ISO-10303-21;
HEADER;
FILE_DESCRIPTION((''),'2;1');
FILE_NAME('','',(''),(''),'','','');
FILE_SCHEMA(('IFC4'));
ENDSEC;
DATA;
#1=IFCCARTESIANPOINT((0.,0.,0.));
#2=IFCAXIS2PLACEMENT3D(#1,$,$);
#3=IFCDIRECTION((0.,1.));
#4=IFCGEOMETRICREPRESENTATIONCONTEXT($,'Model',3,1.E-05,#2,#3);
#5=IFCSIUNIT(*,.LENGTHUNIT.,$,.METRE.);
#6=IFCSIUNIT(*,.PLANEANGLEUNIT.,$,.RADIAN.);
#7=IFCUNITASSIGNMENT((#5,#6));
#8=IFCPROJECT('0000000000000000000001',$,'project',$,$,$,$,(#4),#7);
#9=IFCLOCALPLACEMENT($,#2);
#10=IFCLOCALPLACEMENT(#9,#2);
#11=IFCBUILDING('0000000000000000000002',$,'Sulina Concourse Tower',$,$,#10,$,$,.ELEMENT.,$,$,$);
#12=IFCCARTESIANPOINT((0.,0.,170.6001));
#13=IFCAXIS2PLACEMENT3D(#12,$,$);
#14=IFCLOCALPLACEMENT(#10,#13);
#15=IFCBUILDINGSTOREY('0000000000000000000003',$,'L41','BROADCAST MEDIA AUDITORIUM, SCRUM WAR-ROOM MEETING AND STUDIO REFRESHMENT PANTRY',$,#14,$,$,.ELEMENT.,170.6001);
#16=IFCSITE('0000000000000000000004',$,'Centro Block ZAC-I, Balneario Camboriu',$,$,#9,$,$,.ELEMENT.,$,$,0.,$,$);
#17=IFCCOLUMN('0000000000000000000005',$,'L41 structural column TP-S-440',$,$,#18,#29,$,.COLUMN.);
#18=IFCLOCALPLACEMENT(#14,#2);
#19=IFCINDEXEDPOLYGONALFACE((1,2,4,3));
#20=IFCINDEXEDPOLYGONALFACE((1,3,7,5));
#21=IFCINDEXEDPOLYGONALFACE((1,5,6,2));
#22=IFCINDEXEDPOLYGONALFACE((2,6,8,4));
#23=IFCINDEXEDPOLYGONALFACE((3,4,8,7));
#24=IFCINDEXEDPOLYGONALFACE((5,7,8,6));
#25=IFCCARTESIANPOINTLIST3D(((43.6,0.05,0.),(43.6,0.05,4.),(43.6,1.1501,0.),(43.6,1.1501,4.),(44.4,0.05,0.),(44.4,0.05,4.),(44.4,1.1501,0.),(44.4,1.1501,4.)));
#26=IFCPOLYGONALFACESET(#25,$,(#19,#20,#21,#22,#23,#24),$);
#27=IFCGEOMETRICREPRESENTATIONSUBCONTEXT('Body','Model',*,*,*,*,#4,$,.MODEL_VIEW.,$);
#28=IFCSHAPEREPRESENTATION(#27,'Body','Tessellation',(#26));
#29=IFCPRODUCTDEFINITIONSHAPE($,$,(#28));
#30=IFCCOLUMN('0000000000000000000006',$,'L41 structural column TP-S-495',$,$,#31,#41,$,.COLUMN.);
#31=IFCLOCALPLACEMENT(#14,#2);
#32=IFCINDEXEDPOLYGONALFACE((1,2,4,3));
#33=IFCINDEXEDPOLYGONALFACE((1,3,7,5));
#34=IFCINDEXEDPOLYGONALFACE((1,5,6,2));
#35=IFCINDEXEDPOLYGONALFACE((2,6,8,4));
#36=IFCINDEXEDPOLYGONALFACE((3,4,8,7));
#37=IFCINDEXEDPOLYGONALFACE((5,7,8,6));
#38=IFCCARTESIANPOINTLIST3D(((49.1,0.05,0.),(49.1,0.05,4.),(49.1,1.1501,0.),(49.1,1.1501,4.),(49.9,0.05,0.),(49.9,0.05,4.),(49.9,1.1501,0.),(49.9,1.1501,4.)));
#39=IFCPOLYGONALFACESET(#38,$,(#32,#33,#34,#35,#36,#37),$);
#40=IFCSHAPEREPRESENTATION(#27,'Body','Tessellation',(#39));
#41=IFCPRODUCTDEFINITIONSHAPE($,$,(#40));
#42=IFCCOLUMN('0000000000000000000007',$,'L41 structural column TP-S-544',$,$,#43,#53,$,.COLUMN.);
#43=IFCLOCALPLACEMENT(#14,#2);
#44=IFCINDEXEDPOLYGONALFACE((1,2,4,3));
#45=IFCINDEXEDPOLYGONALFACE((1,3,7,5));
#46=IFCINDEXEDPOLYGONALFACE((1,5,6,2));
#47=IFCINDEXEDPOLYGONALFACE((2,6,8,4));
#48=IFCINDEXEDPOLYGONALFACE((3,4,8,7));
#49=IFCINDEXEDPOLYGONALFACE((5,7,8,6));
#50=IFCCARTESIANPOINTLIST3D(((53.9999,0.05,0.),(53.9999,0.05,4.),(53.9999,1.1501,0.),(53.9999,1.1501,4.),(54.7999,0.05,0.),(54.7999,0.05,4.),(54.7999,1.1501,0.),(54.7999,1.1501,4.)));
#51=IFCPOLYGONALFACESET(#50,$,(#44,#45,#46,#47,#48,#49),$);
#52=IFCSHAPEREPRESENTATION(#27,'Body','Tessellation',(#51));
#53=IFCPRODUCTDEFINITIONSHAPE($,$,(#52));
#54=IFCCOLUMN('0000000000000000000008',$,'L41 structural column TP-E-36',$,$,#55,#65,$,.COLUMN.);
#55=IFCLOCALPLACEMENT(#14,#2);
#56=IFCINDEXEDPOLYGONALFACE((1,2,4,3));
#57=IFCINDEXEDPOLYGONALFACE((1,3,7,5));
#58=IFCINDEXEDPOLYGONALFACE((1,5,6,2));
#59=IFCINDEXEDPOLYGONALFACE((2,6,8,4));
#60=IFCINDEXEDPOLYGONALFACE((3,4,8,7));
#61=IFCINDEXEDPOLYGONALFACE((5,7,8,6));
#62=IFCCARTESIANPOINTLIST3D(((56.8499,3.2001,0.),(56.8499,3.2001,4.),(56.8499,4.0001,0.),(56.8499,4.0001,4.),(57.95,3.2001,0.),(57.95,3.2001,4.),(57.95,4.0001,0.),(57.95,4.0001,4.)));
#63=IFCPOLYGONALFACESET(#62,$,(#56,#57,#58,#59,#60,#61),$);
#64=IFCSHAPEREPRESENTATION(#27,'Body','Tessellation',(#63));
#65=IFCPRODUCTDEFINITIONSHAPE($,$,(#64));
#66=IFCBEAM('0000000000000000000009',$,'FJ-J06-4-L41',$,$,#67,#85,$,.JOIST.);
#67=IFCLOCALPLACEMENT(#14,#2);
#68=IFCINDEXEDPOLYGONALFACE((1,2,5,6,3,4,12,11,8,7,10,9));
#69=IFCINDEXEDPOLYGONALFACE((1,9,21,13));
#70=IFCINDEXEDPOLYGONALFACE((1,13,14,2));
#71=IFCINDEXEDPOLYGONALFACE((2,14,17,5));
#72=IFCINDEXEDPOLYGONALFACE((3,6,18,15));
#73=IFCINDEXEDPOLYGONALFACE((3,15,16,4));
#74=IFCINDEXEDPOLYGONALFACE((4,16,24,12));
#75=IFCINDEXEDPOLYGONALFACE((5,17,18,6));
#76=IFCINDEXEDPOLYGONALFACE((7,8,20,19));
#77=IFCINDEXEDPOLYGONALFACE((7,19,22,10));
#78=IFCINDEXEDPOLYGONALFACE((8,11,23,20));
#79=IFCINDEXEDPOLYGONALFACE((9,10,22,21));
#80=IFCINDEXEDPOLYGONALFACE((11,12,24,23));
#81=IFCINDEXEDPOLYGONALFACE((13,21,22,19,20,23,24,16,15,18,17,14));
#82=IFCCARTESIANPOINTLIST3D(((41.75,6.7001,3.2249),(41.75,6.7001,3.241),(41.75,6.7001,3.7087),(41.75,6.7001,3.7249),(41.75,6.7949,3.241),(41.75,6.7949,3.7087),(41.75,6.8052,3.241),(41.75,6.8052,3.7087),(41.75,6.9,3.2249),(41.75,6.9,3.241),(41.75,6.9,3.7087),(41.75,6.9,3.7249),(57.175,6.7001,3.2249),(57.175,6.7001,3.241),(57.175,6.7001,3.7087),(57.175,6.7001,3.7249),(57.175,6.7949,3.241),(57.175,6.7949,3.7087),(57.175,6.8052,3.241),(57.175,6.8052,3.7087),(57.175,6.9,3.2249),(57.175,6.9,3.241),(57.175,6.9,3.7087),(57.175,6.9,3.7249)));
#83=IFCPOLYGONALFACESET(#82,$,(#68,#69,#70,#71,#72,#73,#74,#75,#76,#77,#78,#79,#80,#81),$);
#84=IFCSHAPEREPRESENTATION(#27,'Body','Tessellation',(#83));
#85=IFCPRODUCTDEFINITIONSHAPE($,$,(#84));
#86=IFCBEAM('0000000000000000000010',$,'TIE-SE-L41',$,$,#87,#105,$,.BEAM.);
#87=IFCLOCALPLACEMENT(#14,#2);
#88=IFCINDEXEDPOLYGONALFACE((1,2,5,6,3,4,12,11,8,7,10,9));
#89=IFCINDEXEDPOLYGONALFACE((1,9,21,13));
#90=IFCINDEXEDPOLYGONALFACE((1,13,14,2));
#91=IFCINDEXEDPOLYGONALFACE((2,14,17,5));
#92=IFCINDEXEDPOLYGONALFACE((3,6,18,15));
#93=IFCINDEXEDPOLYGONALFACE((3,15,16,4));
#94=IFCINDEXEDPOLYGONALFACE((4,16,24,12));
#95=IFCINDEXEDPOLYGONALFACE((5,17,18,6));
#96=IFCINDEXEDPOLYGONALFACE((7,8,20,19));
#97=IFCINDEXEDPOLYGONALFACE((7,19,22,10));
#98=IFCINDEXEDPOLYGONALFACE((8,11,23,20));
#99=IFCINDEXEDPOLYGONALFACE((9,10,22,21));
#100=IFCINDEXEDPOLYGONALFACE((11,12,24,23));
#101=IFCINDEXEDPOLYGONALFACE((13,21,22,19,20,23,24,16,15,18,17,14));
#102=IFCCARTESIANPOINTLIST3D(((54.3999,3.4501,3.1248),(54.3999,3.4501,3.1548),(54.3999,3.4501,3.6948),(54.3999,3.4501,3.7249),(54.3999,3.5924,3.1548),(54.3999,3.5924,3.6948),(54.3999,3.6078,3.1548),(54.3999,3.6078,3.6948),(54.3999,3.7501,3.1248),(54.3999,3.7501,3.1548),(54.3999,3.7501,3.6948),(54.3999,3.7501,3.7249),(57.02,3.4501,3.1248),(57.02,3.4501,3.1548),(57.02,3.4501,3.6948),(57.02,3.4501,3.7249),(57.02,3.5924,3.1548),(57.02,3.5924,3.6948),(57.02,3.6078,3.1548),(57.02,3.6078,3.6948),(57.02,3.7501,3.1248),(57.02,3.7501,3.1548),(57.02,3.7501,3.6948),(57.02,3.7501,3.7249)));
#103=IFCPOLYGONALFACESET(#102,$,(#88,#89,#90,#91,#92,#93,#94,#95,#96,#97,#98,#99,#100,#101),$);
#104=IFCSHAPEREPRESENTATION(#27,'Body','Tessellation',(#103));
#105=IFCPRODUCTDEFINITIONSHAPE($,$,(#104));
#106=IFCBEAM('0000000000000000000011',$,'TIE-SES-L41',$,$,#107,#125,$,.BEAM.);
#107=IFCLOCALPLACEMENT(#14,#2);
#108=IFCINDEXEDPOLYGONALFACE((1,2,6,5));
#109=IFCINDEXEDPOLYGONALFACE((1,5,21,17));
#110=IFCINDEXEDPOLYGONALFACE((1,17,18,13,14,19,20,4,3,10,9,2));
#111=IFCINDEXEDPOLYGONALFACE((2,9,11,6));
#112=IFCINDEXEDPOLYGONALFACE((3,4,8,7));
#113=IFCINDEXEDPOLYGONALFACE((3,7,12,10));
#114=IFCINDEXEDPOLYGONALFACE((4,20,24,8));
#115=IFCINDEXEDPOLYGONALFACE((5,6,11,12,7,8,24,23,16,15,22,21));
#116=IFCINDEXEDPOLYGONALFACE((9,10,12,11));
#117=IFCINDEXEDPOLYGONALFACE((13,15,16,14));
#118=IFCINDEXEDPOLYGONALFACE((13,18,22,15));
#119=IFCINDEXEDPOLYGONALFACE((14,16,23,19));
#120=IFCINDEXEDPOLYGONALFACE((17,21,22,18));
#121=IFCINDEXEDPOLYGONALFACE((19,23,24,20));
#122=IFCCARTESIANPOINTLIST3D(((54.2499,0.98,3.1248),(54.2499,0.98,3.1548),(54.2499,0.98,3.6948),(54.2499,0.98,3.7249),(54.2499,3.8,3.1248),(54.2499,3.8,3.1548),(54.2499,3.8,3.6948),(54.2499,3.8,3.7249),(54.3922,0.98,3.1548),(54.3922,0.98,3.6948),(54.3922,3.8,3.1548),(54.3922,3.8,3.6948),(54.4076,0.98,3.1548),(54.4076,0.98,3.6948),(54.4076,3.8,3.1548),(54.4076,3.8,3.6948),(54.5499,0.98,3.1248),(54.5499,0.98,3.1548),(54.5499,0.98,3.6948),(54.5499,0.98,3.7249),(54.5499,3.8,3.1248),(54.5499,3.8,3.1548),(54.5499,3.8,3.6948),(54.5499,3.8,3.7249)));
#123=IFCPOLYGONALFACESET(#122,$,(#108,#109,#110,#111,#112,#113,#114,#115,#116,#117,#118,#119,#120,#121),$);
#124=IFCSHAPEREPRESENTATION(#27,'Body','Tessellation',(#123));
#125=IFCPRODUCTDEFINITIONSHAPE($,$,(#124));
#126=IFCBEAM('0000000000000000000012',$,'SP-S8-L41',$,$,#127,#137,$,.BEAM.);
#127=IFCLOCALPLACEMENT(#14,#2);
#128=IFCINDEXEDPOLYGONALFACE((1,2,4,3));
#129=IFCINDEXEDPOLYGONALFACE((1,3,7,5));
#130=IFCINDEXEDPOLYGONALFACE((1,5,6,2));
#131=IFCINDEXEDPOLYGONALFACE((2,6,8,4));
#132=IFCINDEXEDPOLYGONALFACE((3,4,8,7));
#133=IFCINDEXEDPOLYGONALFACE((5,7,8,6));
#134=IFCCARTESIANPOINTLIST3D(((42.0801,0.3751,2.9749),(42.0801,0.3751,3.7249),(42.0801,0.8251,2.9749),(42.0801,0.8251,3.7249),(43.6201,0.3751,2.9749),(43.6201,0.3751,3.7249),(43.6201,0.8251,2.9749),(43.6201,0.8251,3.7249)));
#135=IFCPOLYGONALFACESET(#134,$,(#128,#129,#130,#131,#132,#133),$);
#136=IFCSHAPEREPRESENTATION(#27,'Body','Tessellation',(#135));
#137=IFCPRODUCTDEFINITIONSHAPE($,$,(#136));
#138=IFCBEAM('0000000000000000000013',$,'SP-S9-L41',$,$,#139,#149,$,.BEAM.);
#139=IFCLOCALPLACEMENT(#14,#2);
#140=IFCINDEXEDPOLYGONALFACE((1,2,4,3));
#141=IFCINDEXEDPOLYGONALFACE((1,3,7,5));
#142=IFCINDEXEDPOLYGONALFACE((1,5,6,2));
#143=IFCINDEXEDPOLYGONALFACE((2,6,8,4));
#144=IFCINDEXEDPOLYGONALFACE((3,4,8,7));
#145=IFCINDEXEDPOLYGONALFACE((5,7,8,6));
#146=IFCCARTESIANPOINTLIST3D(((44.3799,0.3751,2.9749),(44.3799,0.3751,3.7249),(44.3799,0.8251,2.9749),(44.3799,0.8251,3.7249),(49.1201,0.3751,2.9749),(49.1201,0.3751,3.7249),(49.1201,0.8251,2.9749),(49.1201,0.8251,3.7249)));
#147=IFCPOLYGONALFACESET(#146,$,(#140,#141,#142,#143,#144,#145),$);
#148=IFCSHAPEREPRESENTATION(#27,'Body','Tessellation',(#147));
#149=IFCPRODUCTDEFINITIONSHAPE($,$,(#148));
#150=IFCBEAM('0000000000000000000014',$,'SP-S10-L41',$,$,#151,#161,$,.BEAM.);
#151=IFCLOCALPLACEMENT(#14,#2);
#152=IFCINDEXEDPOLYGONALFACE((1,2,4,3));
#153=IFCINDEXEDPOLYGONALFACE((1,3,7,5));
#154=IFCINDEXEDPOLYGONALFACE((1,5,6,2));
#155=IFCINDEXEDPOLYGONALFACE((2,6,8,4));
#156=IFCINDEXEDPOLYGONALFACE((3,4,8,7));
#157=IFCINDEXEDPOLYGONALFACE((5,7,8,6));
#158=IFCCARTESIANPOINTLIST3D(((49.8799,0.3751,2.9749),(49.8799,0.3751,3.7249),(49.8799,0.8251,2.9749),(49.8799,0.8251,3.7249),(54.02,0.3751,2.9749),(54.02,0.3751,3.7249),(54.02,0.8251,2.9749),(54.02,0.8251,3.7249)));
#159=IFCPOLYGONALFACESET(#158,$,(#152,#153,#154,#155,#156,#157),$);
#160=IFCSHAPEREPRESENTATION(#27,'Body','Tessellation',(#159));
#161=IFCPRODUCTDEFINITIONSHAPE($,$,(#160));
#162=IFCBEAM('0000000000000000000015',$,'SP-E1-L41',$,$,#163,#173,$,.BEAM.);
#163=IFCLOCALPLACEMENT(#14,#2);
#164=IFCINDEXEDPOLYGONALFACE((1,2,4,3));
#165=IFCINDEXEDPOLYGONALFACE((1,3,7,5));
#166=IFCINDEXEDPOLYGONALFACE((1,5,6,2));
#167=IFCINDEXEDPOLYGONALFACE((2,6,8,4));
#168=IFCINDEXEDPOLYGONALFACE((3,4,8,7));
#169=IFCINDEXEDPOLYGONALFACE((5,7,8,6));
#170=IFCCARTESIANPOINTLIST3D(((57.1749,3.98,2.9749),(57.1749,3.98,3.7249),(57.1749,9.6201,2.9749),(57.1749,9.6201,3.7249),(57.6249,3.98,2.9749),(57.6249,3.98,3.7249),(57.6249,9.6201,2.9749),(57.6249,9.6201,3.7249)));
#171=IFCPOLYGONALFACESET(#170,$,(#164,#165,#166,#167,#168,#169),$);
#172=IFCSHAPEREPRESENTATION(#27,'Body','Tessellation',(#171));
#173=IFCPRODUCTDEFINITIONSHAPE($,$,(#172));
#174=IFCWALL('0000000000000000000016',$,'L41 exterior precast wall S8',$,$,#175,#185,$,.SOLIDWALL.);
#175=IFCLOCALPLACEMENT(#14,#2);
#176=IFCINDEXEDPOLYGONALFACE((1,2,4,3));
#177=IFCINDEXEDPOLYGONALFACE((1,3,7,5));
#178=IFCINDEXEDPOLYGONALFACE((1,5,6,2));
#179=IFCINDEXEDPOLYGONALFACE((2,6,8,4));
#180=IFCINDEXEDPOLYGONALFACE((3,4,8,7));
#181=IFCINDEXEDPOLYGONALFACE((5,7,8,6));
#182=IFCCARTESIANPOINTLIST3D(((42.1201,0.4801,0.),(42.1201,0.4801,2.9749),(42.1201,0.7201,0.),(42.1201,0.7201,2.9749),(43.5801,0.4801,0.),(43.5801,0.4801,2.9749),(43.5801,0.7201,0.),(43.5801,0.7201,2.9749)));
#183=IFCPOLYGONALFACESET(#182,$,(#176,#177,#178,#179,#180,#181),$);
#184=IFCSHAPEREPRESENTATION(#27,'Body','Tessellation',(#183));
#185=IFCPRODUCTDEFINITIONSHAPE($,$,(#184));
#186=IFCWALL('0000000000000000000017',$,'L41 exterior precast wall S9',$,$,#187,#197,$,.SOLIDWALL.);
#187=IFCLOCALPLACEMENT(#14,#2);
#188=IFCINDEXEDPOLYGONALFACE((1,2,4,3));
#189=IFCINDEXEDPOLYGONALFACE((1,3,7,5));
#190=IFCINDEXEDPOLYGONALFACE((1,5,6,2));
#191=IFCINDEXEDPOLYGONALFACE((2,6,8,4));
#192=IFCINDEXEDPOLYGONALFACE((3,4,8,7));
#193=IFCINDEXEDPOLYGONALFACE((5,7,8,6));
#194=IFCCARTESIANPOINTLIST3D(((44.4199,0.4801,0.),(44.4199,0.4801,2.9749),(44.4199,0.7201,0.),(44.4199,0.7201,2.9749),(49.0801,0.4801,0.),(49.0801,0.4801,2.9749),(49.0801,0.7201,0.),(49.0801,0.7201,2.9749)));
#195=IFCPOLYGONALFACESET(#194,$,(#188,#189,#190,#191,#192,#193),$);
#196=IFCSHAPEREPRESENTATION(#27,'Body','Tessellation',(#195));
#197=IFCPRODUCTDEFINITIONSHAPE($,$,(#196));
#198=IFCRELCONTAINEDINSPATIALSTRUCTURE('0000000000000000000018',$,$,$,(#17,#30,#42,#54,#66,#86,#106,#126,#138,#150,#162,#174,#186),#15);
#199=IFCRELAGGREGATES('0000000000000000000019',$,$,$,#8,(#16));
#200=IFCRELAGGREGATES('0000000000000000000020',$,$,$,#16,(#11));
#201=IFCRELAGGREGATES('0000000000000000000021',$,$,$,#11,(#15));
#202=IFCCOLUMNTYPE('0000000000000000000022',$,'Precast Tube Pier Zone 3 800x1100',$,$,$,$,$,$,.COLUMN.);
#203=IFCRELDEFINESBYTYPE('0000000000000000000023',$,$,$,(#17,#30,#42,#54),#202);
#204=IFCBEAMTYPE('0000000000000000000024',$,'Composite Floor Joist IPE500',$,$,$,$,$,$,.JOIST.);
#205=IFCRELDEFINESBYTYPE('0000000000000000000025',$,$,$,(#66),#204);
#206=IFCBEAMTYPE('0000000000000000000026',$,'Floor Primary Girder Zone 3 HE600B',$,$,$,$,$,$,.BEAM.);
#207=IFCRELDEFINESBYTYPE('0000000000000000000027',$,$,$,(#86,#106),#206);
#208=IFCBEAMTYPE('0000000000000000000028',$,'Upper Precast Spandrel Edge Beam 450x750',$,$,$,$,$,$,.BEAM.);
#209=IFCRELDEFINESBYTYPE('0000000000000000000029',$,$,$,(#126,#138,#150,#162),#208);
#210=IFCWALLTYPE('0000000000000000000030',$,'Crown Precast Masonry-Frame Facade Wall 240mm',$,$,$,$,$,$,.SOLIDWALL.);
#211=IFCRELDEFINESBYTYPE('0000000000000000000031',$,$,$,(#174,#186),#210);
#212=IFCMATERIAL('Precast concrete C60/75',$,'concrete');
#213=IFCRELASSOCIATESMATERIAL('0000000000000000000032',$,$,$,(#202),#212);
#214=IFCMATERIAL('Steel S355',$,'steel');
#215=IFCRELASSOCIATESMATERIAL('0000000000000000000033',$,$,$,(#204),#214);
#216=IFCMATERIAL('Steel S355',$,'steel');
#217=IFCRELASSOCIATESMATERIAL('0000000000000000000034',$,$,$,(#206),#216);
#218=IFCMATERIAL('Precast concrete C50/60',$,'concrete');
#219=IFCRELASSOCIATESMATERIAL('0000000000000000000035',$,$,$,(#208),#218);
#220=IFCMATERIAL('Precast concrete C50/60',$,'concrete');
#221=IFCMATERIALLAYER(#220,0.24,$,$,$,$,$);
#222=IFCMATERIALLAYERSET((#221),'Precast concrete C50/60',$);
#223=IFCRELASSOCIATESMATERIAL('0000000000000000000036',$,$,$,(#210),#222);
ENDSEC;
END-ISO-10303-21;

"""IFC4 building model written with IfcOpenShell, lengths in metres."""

from ifc_helpers import new_model, si_unit, direction, frame, frame_2d, origin, origin_2d, place, context, subcontext, project, spatial, rectangle, i_section, extrude, material, layer, layer_set, material_profile, profile_set, type_object, element, save


model = new_model("IFC4")

# Units and contexts
model_context = context("Model", 3, precision=1e-05, world=origin(), true_north=direction((0.0, 1.0)))
body_context = subcontext(model_context, "Body", "Model", "MODEL_VIEW")
ifc_project = project(units=[si_unit("LENGTHUNIT", "METRE"), si_unit("PLANEANGLEUNIT", "RADIAN")], contexts=[model_context])

# Site, building, storey
site_placement = place(None, origin())
site = spatial("IfcSite", under=ifc_project, at=site_placement, Name="Centro Block ZAC-I, Balneario Camboriu", CompositionType="ELEMENT", RefElevation=0.0)
building_placement = place(site_placement, origin())
building = spatial("IfcBuilding", under=site, at=building_placement, Name="Sulina Concourse Tower", CompositionType="ELEMENT")
storey_placement = place(building_placement, frame((0.0, 0.0, 170.6001)))
storey = spatial("IfcBuildingStorey", under=building, at=storey_placement, Name="L41", Description="BROADCAST MEDIA AUDITORIUM, SCRUM WAR-ROOM MEETING AND STUDIO REFRESHMENT PANTRY", CompositionType="ELEMENT", Elevation=170.6001)

# Columns
ifc_material_1 = material(Name="Precast concrete C60/75", Category="concrete")
ifc_material_profile_1 = material_profile(ifc_material_1, rectangle(XDim=0.8, YDim=1.1001, at=origin_2d()), Name="PC 800x1100")
ifc_profile_set_1 = profile_set([ifc_material_profile_1], Name="Precast concrete C60/75")
column_type = type_object("IfcColumnType", Name="Precast Tube Pier Zone 3 800x1100", PredefinedType="COLUMN", material=ifc_profile_set_1)
for number, where, z_axis, x_axis, name in (
    (1, (44.0, 0.6001, 0.0), (0.0, 0.0, 1.0), (1.0, 0.0, 0.0), "L41 structural column TP-S-440"),
    (2, (49.5, 0.6001, 0.0), (0.0, 0.0, 1.0), (1.0, 0.0, 0.0), "L41 structural column TP-S-495"),
    (3, (54.3999, 0.6001, 0.0), (0.0, 0.0, 1.0), (1.0, 0.0, 0.0), "L41 structural column TP-S-544"),
    (4, (57.3999, 3.6001, 0.0), (0.0, 0.0, 1.0), (0.0, 1.0, 0.0), "L41 structural column TP-E-36"),
):
    element("IfcColumn", number, at=place(storey_placement, frame(where, z_axis=z_axis, x_axis=x_axis)), inside=storey, type_object=column_type, Name=name, PredefinedType="COLUMN", context=body_context, shape_type="SweptSolid", body=[
        extrude(rectangle(XDim=0.8, YDim=1.1001, at=origin_2d()), origin(), (0.0, 0.0, 1.0), 4.0),
    ])

# Beams
ifc_material_2 = material(Name="Steel S355", Category="steel")
ifc_material_profile_2 = material_profile(ifc_material_2, i_section(OverallWidth=0.2, OverallDepth=0.5, WebThickness=0.0103, FlangeThickness=0.0161, at=origin_2d()), Name="IPE 500")
ifc_profile_set_2 = profile_set([ifc_material_profile_2], Name="Steel S355")
beam_type_1 = type_object("IfcBeamType", Name="Composite Floor Joist IPE500", PredefinedType="JOIST", material=ifc_profile_set_2)
beam_1_placement = place(storey_placement, frame((41.75, 6.8, 3.4749), z_axis=(1.0, 0.0, 0.0), x_axis=(0.0, 1.0, 0.0)))
element("IfcBeam", 5, at=beam_1_placement, inside=storey, type_object=beam_type_1, Name="FJ-J06-4-L41", PredefinedType="JOIST", context=body_context, shape_type="SweptSolid", body=[
    extrude(i_section(OverallWidth=0.2, OverallDepth=0.5, WebThickness=0.0103, FlangeThickness=0.0161, at=origin_2d()), origin(), (0.0, 0.0, 1.0), 15.425),
])
ifc_material_3 = material(Name="Steel S355", Category="steel")
ifc_material_profile_3 = material_profile(ifc_material_3, i_section(OverallWidth=0.3, OverallDepth=0.6001, WebThickness=0.0154, FlangeThickness=0.03, at=origin_2d()), Name="HE 600 B")
ifc_profile_set_3 = profile_set([ifc_material_profile_3], Name="Steel S355")
beam_type_2 = type_object("IfcBeamType", Name="Floor Primary Girder Zone 3 HE600B", PredefinedType="BEAM", material=ifc_profile_set_3)
beam_2_placement = place(storey_placement, frame((54.3999, 3.6001, 3.4248), z_axis=(1.0, 0.0, 0.0), x_axis=(0.0, 1.0, 0.0)))
element("IfcBeam", 6, at=beam_2_placement, inside=storey, type_object=beam_type_2, Name="TIE-SE-L41", PredefinedType="BEAM", context=body_context, shape_type="SweptSolid", body=[
    extrude(i_section(OverallWidth=0.3, OverallDepth=0.6001, WebThickness=0.0154, FlangeThickness=0.03, at=origin_2d()), origin(), (0.0, 0.0, 1.0), 2.6201),
])
beam_3_placement = place(storey_placement, frame((54.3999, 0.98, 3.4248), z_axis=(0.0, 1.0, 0.0), x_axis=(-1.0, 0.0, 0.0)))
element("IfcBeam", 7, at=beam_3_placement, inside=storey, type_object=beam_type_2, Name="TIE-SES-L41", PredefinedType="BEAM", context=body_context, shape_type="SweptSolid", body=[
    extrude(i_section(OverallWidth=0.3, OverallDepth=0.6001, WebThickness=0.0154, FlangeThickness=0.03, at=origin_2d()), origin(), (0.0, 0.0, 1.0), 2.8201),
])
ifc_material_4 = material(Name="Precast concrete C50/60", Category="concrete")
ifc_material_profile_4 = material_profile(ifc_material_4, rectangle(XDim=0.45, YDim=0.75, at=origin_2d()), Name="RC 450x750")
ifc_profile_set_4 = profile_set([ifc_material_profile_4], Name="Precast concrete C50/60")
beam_type_3 = type_object("IfcBeamType", Name="Upper Precast Spandrel Edge Beam 450x750", PredefinedType="BEAM", material=ifc_profile_set_4)
beam_4_placement = place(storey_placement, frame((42.0801, 0.6001, 3.3499), z_axis=(1.0, 0.0, 0.0), x_axis=(0.0, 1.0, 0.0)))
element("IfcBeam", 8, at=beam_4_placement, inside=storey, type_object=beam_type_3, Name="SP-S8-L41", PredefinedType="BEAM", context=body_context, shape_type="SweptSolid", body=[
    extrude(rectangle(XDim=0.45, YDim=0.75, at=origin_2d()), origin(), (0.0, 0.0, 1.0), 1.54),
])
beam_5_placement = place(storey_placement, frame((44.3799, 0.6001, 3.3499), z_axis=(1.0, 0.0, 0.0), x_axis=(0.0, 1.0, 0.0)))
element("IfcBeam", 9, at=beam_5_placement, inside=storey, type_object=beam_type_3, Name="SP-S9-L41", PredefinedType="BEAM", context=body_context, shape_type="SweptSolid", body=[
    extrude(rectangle(XDim=0.45, YDim=0.75, at=origin_2d()), origin(), (0.0, 0.0, 1.0), 4.7402),
])
beam_6_placement = place(storey_placement, frame((49.8799, 0.6001, 3.3499), z_axis=(1.0, 0.0, 0.0), x_axis=(0.0, 1.0, 0.0)))
element("IfcBeam", 10, at=beam_6_placement, inside=storey, type_object=beam_type_3, Name="SP-S10-L41", PredefinedType="BEAM", context=body_context, shape_type="SweptSolid", body=[
    extrude(rectangle(XDim=0.45, YDim=0.75, at=origin_2d()), origin(), (0.0, 0.0, 1.0), 4.1401),
])
beam_7_placement = place(storey_placement, frame((57.3999, 3.98, 3.3499), z_axis=(0.0, 1.0, 0.0), x_axis=(-1.0, 0.0, 0.0)))
element("IfcBeam", 11, at=beam_7_placement, inside=storey, type_object=beam_type_3, Name="SP-E1-L41", PredefinedType="BEAM", context=body_context, shape_type="SweptSolid", body=[
    extrude(rectangle(XDim=0.45, YDim=0.75, at=origin_2d()), origin(), (0.0, 0.0, 1.0), 5.6401),
])

# Walls
ifc_material_5 = material(Name="Precast concrete C50/60", Category="concrete")
ifc_layer_1 = layer(ifc_material_5, 0.24)
ifc_layer_set_1 = layer_set([ifc_layer_1], Name="Precast concrete C50/60")
wall_type_1 = type_object("IfcWallType", Name="Crown Precast Masonry-Frame Facade Wall 240mm", PredefinedType="SOLIDWALL", material=ifc_layer_set_1)
wall_1_placement = place(storey_placement, frame((43.5801, 0.6001, 0.0), z_axis=(0.0, 0.0, 1.0), x_axis=(-1.0, 0.0, 0.0)))
element("IfcWall", 12, at=wall_1_placement, inside=storey, type_object=wall_type_1, Name="L41 exterior precast wall S8", PredefinedType="SOLIDWALL", context=body_context, shape_type="SweptSolid", body=[
    extrude(rectangle(XDim=1.46, YDim=0.24, at=frame_2d((0.73, 0.0))), origin(), (0.0, 0.0, 1.0), 2.9749),
])
wall_2_placement = place(storey_placement, frame((49.0801, 0.6001, 0.0), z_axis=(0.0, 0.0, 1.0), x_axis=(-1.0, 0.0, 0.0)))
element("IfcWall", 13, at=wall_2_placement, inside=storey, type_object=wall_type_1, Name="L41 exterior precast wall S9", PredefinedType="SOLIDWALL", context=body_context, shape_type="SweptSolid", body=[
    extrude(rectangle(XDim=4.6602, YDim=0.24, at=frame_2d((2.3301, 0.0))), origin(), (0.0, 0.0, 1.0), 2.9749),
])

save(model, "model.ifc")
